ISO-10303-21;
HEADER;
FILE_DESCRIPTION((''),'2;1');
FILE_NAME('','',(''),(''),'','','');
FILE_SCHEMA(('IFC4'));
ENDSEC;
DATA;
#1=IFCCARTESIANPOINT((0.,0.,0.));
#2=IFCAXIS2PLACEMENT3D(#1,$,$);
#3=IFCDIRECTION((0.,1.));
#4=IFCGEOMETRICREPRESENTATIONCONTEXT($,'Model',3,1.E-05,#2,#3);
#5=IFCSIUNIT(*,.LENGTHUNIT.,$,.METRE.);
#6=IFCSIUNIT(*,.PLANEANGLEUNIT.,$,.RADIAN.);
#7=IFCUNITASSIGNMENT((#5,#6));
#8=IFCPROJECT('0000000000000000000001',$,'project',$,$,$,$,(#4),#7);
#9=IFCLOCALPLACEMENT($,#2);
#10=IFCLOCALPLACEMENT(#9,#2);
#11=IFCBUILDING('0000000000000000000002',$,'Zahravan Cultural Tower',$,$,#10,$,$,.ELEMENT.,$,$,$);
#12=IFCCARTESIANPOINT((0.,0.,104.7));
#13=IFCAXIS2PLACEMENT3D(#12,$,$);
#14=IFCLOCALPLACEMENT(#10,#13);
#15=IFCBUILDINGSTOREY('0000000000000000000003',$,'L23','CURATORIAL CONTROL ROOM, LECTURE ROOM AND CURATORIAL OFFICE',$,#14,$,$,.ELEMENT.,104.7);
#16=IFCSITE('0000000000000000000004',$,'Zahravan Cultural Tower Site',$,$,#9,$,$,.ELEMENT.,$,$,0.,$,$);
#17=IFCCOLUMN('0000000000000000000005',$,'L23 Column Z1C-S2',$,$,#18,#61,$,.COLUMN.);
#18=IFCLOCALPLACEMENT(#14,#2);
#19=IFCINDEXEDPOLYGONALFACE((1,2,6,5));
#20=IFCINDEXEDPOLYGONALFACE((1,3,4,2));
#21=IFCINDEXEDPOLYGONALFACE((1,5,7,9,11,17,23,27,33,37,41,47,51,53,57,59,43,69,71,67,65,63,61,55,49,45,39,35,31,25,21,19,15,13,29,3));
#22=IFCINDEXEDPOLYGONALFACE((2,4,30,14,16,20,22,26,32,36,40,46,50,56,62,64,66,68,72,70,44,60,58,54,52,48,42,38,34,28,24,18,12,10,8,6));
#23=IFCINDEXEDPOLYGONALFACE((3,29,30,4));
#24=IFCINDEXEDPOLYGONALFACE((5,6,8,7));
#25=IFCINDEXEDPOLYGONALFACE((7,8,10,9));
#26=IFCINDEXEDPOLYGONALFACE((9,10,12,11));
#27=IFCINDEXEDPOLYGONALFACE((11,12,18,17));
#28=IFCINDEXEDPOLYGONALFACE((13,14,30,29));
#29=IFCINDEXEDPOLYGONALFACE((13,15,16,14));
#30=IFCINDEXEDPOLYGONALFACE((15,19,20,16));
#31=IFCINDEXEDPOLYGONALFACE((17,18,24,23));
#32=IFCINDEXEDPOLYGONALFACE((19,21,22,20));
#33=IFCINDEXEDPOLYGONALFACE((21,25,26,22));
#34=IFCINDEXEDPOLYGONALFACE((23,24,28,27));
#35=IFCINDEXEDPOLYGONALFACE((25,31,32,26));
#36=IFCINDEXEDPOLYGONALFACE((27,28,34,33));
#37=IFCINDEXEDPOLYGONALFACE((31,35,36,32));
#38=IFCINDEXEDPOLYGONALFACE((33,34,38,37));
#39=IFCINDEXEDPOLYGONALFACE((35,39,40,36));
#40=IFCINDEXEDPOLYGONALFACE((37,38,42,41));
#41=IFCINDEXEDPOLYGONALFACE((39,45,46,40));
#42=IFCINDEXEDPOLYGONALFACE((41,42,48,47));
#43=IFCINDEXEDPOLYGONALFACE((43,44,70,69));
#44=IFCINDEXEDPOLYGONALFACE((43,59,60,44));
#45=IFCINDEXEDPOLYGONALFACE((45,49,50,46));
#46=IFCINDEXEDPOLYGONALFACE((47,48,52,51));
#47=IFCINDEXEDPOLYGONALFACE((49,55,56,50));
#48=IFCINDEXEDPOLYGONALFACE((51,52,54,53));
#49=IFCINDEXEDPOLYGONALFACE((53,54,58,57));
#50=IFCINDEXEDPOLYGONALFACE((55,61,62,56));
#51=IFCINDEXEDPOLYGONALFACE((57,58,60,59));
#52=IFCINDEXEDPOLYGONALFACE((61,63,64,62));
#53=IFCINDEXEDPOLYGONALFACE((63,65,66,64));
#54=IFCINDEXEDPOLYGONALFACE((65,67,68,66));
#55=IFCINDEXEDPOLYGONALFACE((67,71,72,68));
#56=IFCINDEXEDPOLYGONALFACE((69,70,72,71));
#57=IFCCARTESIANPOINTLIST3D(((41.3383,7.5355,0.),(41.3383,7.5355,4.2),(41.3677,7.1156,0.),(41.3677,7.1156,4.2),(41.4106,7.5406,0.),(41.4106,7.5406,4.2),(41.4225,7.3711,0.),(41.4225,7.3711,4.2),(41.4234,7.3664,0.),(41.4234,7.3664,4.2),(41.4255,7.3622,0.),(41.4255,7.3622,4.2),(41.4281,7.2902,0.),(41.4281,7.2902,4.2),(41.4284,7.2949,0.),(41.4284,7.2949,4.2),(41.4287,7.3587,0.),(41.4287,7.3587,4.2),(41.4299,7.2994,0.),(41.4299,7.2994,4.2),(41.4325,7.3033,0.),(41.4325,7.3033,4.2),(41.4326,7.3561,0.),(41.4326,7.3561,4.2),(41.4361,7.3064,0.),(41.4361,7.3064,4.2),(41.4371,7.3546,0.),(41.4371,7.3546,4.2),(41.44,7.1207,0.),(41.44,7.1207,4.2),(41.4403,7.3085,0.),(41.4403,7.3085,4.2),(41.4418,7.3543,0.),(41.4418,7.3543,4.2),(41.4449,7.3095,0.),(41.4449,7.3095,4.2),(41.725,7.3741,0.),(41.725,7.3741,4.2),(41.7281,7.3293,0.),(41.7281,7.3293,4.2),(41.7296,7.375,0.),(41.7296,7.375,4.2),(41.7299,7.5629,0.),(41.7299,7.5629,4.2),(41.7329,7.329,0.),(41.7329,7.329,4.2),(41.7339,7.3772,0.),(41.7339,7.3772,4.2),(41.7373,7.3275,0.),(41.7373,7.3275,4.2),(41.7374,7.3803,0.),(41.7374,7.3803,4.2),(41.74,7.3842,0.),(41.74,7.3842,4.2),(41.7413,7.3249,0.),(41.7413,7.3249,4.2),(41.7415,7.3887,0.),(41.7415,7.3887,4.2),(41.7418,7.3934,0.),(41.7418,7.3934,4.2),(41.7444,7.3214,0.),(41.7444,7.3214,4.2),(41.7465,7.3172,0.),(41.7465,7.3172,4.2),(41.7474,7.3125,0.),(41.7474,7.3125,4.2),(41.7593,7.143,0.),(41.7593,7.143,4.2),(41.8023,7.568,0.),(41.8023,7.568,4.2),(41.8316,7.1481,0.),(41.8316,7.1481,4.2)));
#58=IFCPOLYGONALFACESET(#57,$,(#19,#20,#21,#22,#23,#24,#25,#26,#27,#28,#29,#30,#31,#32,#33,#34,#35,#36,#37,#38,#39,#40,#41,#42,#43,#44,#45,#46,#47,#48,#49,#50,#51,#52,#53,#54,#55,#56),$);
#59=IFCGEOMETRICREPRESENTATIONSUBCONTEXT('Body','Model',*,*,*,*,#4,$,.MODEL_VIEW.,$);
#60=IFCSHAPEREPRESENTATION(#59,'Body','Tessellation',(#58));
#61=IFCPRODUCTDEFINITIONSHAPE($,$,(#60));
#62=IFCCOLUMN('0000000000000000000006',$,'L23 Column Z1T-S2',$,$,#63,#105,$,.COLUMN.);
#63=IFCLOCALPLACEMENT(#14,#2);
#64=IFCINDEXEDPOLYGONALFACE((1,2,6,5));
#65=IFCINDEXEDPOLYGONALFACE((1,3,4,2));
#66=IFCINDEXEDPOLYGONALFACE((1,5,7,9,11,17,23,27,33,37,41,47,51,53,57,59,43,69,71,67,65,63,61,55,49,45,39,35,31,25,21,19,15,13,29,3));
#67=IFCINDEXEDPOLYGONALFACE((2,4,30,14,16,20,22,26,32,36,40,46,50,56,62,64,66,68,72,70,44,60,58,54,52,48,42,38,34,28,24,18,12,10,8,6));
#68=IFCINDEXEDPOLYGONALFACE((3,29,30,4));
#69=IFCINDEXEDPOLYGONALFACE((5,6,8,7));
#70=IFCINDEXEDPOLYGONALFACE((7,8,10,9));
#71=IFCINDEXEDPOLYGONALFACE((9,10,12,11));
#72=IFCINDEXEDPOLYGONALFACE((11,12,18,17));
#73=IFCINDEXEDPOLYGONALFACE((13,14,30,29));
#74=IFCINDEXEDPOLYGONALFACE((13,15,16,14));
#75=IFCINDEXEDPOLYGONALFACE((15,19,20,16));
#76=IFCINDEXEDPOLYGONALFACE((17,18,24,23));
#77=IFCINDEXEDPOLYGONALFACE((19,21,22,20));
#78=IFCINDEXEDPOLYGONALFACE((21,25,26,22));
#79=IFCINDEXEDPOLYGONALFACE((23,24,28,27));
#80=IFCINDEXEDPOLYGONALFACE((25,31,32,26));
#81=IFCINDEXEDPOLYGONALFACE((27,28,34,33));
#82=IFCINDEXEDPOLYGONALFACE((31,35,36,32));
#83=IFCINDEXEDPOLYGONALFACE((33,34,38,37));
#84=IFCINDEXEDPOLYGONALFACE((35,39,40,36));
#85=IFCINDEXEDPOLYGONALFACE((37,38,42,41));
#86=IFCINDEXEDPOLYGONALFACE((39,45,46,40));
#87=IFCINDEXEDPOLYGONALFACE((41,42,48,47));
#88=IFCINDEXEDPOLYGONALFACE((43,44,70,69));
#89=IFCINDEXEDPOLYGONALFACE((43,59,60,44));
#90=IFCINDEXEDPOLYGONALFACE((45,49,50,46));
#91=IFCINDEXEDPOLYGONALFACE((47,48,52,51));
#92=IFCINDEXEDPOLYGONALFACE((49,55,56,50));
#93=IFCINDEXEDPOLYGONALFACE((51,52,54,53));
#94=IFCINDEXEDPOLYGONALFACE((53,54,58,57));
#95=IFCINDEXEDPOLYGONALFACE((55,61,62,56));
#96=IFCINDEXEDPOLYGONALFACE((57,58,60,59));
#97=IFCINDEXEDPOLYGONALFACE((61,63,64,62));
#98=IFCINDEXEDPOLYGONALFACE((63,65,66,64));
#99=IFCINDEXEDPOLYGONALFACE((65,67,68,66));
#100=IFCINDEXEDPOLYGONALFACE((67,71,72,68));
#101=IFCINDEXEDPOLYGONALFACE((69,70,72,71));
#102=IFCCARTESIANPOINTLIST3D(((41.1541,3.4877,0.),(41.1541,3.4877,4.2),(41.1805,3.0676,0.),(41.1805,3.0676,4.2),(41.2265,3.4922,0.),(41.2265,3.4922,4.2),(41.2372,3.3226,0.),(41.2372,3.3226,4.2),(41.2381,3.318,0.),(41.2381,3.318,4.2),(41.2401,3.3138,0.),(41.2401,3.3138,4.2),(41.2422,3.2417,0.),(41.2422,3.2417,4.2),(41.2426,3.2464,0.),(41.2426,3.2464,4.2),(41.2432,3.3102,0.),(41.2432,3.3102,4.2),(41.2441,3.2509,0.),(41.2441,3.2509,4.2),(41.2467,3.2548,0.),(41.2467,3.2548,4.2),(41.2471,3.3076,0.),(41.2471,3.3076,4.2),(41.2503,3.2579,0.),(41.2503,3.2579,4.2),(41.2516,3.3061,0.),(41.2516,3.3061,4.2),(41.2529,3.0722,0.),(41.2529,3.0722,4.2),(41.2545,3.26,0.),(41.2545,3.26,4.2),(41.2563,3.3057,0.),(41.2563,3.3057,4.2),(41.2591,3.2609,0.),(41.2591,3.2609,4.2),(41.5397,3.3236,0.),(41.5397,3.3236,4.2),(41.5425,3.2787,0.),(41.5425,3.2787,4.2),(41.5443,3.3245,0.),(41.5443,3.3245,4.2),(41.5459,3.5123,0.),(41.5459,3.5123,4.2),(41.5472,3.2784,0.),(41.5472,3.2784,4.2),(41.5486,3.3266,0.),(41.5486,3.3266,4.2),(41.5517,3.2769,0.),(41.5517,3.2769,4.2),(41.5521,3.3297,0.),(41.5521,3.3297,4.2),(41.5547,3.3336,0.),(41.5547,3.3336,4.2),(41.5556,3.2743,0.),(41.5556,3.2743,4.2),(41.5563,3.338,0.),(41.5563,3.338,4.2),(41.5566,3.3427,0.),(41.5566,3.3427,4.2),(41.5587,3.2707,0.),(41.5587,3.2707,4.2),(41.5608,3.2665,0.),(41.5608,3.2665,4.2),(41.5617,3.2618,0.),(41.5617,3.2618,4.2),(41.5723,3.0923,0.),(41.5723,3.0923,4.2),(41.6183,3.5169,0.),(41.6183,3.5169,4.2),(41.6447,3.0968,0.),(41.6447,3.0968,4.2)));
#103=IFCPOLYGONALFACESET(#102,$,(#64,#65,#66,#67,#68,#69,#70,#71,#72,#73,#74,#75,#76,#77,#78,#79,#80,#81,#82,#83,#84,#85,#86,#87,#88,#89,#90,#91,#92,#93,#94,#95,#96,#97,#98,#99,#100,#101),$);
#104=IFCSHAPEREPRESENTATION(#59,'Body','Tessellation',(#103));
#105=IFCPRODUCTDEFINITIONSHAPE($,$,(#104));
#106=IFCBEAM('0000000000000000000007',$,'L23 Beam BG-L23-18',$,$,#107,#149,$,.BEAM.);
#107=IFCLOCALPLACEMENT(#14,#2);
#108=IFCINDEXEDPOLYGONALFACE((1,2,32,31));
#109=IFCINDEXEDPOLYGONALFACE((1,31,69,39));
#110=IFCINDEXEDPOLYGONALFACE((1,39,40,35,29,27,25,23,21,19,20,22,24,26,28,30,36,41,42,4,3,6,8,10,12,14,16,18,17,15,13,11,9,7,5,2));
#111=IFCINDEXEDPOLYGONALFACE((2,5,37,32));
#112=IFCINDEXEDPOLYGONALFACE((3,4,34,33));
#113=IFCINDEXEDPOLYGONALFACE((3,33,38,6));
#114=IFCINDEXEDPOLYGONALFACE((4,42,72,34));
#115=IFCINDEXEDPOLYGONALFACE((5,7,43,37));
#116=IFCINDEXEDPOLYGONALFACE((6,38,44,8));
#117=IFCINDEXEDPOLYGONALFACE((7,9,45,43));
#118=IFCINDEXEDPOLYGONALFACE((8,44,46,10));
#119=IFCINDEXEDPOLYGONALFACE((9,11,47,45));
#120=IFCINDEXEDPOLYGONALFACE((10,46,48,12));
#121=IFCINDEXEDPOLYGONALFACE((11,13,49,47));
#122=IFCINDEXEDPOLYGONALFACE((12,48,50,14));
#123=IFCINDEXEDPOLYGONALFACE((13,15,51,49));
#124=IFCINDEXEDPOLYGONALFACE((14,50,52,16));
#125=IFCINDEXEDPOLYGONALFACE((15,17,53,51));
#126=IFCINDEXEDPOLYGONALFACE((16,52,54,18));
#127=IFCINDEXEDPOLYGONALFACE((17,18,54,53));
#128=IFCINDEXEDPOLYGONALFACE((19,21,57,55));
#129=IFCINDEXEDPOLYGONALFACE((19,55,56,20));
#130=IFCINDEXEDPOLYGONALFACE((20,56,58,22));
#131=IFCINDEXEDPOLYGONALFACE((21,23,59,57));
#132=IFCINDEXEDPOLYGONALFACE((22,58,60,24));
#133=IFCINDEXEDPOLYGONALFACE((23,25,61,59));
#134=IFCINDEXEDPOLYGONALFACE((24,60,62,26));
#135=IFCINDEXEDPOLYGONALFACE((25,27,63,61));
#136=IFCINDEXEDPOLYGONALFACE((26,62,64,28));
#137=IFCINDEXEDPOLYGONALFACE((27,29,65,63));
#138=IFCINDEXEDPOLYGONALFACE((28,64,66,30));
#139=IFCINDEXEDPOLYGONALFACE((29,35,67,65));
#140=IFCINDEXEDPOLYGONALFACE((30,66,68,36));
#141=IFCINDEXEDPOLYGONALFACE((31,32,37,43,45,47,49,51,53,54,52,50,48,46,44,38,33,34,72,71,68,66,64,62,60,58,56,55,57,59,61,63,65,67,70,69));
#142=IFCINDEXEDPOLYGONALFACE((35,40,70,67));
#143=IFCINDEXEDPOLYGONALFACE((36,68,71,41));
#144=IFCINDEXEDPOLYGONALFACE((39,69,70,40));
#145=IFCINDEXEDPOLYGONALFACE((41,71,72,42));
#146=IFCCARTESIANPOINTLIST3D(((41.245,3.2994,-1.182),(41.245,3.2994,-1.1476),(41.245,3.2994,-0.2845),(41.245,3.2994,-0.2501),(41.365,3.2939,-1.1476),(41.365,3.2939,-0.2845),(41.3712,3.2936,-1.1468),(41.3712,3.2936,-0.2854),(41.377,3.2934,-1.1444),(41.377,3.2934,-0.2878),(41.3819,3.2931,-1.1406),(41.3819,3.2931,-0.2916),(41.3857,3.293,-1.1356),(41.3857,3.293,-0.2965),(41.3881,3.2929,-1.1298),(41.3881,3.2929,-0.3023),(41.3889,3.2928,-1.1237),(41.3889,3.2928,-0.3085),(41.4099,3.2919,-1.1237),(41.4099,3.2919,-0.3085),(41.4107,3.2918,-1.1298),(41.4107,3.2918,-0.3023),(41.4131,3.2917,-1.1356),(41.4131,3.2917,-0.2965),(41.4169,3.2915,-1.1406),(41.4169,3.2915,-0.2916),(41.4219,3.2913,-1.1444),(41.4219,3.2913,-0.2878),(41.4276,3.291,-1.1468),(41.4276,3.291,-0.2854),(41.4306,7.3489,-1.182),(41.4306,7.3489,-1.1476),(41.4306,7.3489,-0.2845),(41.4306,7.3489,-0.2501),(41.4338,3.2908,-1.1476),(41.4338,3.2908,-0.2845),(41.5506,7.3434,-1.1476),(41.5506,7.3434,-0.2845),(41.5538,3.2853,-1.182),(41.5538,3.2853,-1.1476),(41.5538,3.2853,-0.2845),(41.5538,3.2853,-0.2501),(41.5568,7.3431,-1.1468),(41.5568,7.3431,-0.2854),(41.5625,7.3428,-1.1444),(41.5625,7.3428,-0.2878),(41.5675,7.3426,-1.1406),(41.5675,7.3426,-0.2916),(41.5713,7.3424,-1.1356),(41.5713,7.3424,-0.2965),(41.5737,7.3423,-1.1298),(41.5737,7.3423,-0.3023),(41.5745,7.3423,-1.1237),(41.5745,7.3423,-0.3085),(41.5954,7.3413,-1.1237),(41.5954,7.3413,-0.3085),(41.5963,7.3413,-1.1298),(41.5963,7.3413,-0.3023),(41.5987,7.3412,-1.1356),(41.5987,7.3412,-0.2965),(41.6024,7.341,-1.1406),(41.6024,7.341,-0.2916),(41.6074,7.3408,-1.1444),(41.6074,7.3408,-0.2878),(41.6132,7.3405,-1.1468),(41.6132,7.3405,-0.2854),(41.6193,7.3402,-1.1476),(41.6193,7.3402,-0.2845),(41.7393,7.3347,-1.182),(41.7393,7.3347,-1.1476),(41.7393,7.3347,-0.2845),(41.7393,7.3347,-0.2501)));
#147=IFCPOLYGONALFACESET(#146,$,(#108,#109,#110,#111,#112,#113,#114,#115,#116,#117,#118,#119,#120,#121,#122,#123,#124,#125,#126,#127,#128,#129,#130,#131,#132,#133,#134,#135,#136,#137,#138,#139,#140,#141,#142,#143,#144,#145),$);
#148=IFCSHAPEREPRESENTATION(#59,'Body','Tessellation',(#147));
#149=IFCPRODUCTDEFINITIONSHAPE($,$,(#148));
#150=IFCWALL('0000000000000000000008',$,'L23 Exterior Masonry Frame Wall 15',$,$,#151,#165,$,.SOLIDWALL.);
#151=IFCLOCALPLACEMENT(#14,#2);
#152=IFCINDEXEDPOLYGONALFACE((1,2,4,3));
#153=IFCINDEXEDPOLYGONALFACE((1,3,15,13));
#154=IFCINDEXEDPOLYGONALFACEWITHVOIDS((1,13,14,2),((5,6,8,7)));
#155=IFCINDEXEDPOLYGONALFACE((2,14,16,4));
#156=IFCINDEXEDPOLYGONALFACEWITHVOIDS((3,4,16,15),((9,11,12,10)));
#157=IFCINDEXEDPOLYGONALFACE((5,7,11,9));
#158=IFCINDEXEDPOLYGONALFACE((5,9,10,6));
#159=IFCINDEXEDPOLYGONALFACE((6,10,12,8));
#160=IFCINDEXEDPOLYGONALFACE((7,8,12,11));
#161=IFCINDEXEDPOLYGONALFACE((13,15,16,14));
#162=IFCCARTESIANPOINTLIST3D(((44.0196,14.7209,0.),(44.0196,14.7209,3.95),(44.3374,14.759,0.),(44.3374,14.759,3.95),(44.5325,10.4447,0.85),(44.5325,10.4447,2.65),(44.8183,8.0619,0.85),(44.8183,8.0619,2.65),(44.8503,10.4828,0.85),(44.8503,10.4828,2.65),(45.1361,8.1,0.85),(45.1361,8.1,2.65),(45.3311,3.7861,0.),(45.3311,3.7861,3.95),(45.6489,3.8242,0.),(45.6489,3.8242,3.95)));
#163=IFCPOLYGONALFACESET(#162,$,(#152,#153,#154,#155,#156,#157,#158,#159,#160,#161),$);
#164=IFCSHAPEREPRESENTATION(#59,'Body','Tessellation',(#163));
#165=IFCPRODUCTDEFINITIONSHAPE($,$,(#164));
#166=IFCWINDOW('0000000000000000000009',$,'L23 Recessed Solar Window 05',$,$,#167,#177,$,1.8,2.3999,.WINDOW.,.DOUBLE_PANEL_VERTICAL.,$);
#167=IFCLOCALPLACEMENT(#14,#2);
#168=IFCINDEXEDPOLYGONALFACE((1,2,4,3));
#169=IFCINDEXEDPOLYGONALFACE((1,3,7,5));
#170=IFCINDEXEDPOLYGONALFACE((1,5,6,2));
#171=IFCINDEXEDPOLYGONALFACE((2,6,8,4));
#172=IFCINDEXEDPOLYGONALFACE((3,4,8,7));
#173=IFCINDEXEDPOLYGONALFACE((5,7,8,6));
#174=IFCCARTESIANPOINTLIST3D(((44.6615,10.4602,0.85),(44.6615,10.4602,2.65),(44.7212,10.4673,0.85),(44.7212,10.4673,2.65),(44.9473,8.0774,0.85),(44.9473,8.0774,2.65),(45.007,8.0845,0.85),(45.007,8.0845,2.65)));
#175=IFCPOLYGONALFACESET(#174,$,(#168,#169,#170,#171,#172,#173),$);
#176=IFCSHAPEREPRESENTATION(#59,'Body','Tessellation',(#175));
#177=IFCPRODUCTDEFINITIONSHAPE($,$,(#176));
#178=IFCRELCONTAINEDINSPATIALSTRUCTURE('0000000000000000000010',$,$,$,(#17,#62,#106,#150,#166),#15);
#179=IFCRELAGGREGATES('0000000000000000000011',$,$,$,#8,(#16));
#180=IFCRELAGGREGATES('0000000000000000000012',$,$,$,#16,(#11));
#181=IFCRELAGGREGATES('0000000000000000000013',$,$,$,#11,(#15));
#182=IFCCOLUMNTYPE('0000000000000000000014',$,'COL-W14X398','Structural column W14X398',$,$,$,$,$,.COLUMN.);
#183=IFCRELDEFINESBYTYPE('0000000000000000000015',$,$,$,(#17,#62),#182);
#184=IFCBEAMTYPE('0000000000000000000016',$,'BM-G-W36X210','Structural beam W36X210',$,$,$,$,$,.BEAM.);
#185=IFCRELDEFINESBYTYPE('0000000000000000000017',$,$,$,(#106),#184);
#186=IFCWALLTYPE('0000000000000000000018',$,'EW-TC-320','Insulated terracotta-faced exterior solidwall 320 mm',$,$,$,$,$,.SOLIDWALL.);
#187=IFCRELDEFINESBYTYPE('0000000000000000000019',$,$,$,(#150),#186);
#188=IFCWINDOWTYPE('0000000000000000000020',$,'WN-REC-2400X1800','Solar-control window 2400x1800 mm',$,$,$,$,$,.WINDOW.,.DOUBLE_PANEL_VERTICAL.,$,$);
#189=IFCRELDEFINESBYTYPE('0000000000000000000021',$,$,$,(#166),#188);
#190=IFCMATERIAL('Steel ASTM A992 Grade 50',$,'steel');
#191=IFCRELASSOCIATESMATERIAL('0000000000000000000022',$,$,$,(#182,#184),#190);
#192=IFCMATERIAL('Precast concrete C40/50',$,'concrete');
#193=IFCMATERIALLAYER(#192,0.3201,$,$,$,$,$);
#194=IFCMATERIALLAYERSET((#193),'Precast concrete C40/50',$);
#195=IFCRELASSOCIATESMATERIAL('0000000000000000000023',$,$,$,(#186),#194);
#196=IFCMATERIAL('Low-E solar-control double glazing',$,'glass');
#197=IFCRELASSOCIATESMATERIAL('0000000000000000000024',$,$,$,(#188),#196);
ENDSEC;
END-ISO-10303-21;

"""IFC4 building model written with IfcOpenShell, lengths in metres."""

from ifc_helpers import new_model, si_unit, direction, frame, frame_2d, origin, origin_2d, place, context, subcontext, project, spatial, rectangle, i_section, extrude, source, transform, mapped, material, layer, layer_set, material_profile, profile_set, type_object, element, fill, save


model = new_model("IFC4")

# Units and contexts
model_context = context("Model", 3, precision=1e-05, world=origin(), true_north=direction((0.0, 1.0)))
body_context = subcontext(model_context, "Body", "Model", "MODEL_VIEW")
ifc_project = project(units=[si_unit("LENGTHUNIT", "METRE"), si_unit("PLANEANGLEUNIT", "RADIAN")], contexts=[model_context])

# Site, building, storey
site_placement = place(None, origin())
site = spatial("IfcSite", under=ifc_project, at=site_placement, Name="Zahravan Cultural Tower Site", CompositionType="ELEMENT", RefElevation=0.0)
building_placement = place(site_placement, origin())
building = spatial("IfcBuilding", under=site, at=building_placement, Name="Zahravan Cultural Tower", CompositionType="ELEMENT")
storey_placement = place(building_placement, frame((0.0, 0.0, 104.7)))
storey = spatial("IfcBuildingStorey", under=building, at=storey_placement, Name="L23", Description="CURATORIAL CONTROL ROOM, LECTURE ROOM AND CURATORIAL OFFICE", CompositionType="ELEMENT", Elevation=104.7)

# Columns
ifc_material_1 = material(Name="Steel ASTM A992 Grade 50", Category="steel")
ifc_material_profile_1 = material_profile(ifc_material_1, i_section(OverallWidth=0.4209, OverallDepth=0.4651, WebThickness=0.0449, FlangeThickness=0.0725, FilletRadius=0.0181, at=origin_2d()), Name="W14X398")
ifc_profile_set_1 = profile_set([ifc_material_profile_1], Name="Steel ASTM A992 Grade 50")
column_type = type_object("IfcColumnType", Name="COL-W14X398", Description="Structural column W14X398", PredefinedType="COLUMN", material=ifc_profile_set_1)
shared_shape_1 = source(origin(), body_context, "Body", "SweptSolid", [
    extrude(i_section(OverallWidth=0.4209, OverallDepth=0.4651, WebThickness=0.0449, FlangeThickness=0.0725, FilletRadius=0.0181, at=origin_2d()), origin(), (0.0, 0.0, 1.0), 4.2),
])
for number, where, z_axis, x_axis, name in (
    (1, (41.585, 7.3418, 0.0), (0.0, 0.0, 1.0), (-0.069756, 0.997564, 0.0), "L23 Column Z1C-S2"),
    (2, (41.3994, 3.2922, 0.0), (0.0, 0.0, 1.0), (-0.062791, 0.998027, 0.0), "L23 Column Z1T-S2"),
):
    element("IfcColumn", number, at=place(storey_placement, frame(where, z_axis=z_axis, x_axis=x_axis)), inside=storey, type_object=column_type, Name=name, PredefinedType="COLUMN", context=body_context, shape_type="MappedRepresentation", body=[
        mapped(shared_shape_1, transform((0.0, 0.0, 0.0), x_axis=(1.0, 0.0, 0.0), y_axis=(0.0, 1.0, 0.0), z_axis=(0.0, 0.0, 1.0), scale=1.0)),
    ])

# Beam
ifc_material_profile_2 = material_profile(ifc_material_1, i_section(OverallWidth=0.3091, OverallDepth=0.9319, WebThickness=0.021, FlangeThickness=0.0344, FilletRadius=0.0239, at=origin_2d()), Name="W36X210")
ifc_profile_set_2 = profile_set([ifc_material_profile_2], Name="Steel ASTM A992 Grade 50")
beam_type = type_object("IfcBeamType", Name="BM-G-W36X210", Description="Structural beam W36X210", PredefinedType="BEAM", material=ifc_profile_set_2)
shared_shape_2 = source(origin(), body_context, "Body", "SweptSolid", [
    extrude(i_section(OverallWidth=0.3091, OverallDepth=0.9319, WebThickness=0.021, FlangeThickness=0.0344, FilletRadius=0.0239, at=origin_2d()), origin(), (0.0, 0.0, 1.0), 4.0537),
])
beam_placement = place(storey_placement, frame((41.585, 7.3418, -0.7161), z_axis=(-0.045771, -0.998952, 0.0), x_axis=(0.998952, -0.045771, 0.0)))
element("IfcBeam", 3, at=beam_placement, inside=storey, type_object=beam_type, Name="L23 Beam BG-L23-18", PredefinedType="BEAM", context=body_context, shape_type="MappedRepresentation", body=[
    mapped(shared_shape_2, transform((0.0, 0.0, 0.0), x_axis=(1.0, 0.0, 0.0), y_axis=(0.0, 1.0, 0.0), z_axis=(0.0, 0.0, 1.0), scale=1.0)),
])

# Wall, opening, window
ifc_material_2 = material(Name="Precast concrete C40/50", Category="concrete")
ifc_layer_1 = layer(ifc_material_2, 0.3201)
ifc_layer_set_1 = layer_set([ifc_layer_1], Name="Precast concrete C40/50")
wall_type = type_object("IfcWallType", Name="EW-TC-320", Description="Insulated terracotta-faced exterior solidwall 320 mm", PredefinedType="SOLIDWALL", material=ifc_layer_set_1)
wall_1_placement = place(storey_placement, frame((44.1785, 14.74, 0.0), z_axis=(0.0, 0.0, 1.0), x_axis=(0.119087, -0.992884, 0.0)))
wall_1 = element("IfcWall", 4, at=wall_1_placement, inside=storey, type_object=wall_type, Name="L23 Exterior Masonry Frame Wall 15", PredefinedType="SOLIDWALL", context=body_context, shape_type="SweptSolid", body=[
    extrude(rectangle(XDim=11.0132, YDim=0.3201, at=frame_2d((5.5066, 0.0))), origin(), (0.0, 0.0, 1.0), 3.95),
])
opening_1_placement = place(wall_1_placement, frame((4.3069, 0.0, 0.8501)))
opening_1 = element("IfcOpeningElement", 5, at=opening_1_placement, cuts=wall_1, PredefinedType="OPENING", context=body_context, shape_type="SweptSolid", body=[
    extrude(rectangle(XDim=2.3999, YDim=1.8, at=frame_2d((1.2, 0.8999))), frame((0.0, 0.1699, 0.0), z_axis=(0.0, -1.0, 0.0), x_axis=(1.0, 0.0, 0.0)), (0.0, 0.0, 1.0), 0.3401),
])
ifc_material_3 = material(Name="Low-E solar-control double glazing", Category="glass")
window_type = type_object("IfcWindowType", Name="WN-REC-2400X1800", Description="Solar-control window 2400x1800 mm", PartitioningType="DOUBLE_PANEL_VERTICAL", PredefinedType="WINDOW", material=ifc_material_3)
shared_shape_3 = source(origin(), body_context, "Body", "SweptSolid", [
    extrude(rectangle(XDim=2.3999, YDim=1.8, at=frame_2d((1.2, 0.8999))), frame((0.0, 0.03, 0.0), z_axis=(0.0, -1.0, 0.0), x_axis=(1.0, 0.0, 0.0)), (0.0, 0.0, 1.0), 0.0601),
])
window_1_placement = place(opening_1_placement, origin())
window_1 = element("IfcWindow", 6, at=window_1_placement, inside=storey, type_object=window_type, Name="L23 Recessed Solar Window 05", OverallHeight=1.8, OverallWidth=2.3999, PartitioningType="DOUBLE_PANEL_VERTICAL", PredefinedType="WINDOW", context=body_context, shape_type="MappedRepresentation", body=[
    mapped(shared_shape_3, transform((0.0, 0.0, 0.0), x_axis=(1.0, 0.0, 0.0), y_axis=(0.0, 1.0, 0.0), z_axis=(0.0, 0.0, 1.0), scale=1.0)),
])
fill(opening_1, window_1)

save(model, "model.ifc")
